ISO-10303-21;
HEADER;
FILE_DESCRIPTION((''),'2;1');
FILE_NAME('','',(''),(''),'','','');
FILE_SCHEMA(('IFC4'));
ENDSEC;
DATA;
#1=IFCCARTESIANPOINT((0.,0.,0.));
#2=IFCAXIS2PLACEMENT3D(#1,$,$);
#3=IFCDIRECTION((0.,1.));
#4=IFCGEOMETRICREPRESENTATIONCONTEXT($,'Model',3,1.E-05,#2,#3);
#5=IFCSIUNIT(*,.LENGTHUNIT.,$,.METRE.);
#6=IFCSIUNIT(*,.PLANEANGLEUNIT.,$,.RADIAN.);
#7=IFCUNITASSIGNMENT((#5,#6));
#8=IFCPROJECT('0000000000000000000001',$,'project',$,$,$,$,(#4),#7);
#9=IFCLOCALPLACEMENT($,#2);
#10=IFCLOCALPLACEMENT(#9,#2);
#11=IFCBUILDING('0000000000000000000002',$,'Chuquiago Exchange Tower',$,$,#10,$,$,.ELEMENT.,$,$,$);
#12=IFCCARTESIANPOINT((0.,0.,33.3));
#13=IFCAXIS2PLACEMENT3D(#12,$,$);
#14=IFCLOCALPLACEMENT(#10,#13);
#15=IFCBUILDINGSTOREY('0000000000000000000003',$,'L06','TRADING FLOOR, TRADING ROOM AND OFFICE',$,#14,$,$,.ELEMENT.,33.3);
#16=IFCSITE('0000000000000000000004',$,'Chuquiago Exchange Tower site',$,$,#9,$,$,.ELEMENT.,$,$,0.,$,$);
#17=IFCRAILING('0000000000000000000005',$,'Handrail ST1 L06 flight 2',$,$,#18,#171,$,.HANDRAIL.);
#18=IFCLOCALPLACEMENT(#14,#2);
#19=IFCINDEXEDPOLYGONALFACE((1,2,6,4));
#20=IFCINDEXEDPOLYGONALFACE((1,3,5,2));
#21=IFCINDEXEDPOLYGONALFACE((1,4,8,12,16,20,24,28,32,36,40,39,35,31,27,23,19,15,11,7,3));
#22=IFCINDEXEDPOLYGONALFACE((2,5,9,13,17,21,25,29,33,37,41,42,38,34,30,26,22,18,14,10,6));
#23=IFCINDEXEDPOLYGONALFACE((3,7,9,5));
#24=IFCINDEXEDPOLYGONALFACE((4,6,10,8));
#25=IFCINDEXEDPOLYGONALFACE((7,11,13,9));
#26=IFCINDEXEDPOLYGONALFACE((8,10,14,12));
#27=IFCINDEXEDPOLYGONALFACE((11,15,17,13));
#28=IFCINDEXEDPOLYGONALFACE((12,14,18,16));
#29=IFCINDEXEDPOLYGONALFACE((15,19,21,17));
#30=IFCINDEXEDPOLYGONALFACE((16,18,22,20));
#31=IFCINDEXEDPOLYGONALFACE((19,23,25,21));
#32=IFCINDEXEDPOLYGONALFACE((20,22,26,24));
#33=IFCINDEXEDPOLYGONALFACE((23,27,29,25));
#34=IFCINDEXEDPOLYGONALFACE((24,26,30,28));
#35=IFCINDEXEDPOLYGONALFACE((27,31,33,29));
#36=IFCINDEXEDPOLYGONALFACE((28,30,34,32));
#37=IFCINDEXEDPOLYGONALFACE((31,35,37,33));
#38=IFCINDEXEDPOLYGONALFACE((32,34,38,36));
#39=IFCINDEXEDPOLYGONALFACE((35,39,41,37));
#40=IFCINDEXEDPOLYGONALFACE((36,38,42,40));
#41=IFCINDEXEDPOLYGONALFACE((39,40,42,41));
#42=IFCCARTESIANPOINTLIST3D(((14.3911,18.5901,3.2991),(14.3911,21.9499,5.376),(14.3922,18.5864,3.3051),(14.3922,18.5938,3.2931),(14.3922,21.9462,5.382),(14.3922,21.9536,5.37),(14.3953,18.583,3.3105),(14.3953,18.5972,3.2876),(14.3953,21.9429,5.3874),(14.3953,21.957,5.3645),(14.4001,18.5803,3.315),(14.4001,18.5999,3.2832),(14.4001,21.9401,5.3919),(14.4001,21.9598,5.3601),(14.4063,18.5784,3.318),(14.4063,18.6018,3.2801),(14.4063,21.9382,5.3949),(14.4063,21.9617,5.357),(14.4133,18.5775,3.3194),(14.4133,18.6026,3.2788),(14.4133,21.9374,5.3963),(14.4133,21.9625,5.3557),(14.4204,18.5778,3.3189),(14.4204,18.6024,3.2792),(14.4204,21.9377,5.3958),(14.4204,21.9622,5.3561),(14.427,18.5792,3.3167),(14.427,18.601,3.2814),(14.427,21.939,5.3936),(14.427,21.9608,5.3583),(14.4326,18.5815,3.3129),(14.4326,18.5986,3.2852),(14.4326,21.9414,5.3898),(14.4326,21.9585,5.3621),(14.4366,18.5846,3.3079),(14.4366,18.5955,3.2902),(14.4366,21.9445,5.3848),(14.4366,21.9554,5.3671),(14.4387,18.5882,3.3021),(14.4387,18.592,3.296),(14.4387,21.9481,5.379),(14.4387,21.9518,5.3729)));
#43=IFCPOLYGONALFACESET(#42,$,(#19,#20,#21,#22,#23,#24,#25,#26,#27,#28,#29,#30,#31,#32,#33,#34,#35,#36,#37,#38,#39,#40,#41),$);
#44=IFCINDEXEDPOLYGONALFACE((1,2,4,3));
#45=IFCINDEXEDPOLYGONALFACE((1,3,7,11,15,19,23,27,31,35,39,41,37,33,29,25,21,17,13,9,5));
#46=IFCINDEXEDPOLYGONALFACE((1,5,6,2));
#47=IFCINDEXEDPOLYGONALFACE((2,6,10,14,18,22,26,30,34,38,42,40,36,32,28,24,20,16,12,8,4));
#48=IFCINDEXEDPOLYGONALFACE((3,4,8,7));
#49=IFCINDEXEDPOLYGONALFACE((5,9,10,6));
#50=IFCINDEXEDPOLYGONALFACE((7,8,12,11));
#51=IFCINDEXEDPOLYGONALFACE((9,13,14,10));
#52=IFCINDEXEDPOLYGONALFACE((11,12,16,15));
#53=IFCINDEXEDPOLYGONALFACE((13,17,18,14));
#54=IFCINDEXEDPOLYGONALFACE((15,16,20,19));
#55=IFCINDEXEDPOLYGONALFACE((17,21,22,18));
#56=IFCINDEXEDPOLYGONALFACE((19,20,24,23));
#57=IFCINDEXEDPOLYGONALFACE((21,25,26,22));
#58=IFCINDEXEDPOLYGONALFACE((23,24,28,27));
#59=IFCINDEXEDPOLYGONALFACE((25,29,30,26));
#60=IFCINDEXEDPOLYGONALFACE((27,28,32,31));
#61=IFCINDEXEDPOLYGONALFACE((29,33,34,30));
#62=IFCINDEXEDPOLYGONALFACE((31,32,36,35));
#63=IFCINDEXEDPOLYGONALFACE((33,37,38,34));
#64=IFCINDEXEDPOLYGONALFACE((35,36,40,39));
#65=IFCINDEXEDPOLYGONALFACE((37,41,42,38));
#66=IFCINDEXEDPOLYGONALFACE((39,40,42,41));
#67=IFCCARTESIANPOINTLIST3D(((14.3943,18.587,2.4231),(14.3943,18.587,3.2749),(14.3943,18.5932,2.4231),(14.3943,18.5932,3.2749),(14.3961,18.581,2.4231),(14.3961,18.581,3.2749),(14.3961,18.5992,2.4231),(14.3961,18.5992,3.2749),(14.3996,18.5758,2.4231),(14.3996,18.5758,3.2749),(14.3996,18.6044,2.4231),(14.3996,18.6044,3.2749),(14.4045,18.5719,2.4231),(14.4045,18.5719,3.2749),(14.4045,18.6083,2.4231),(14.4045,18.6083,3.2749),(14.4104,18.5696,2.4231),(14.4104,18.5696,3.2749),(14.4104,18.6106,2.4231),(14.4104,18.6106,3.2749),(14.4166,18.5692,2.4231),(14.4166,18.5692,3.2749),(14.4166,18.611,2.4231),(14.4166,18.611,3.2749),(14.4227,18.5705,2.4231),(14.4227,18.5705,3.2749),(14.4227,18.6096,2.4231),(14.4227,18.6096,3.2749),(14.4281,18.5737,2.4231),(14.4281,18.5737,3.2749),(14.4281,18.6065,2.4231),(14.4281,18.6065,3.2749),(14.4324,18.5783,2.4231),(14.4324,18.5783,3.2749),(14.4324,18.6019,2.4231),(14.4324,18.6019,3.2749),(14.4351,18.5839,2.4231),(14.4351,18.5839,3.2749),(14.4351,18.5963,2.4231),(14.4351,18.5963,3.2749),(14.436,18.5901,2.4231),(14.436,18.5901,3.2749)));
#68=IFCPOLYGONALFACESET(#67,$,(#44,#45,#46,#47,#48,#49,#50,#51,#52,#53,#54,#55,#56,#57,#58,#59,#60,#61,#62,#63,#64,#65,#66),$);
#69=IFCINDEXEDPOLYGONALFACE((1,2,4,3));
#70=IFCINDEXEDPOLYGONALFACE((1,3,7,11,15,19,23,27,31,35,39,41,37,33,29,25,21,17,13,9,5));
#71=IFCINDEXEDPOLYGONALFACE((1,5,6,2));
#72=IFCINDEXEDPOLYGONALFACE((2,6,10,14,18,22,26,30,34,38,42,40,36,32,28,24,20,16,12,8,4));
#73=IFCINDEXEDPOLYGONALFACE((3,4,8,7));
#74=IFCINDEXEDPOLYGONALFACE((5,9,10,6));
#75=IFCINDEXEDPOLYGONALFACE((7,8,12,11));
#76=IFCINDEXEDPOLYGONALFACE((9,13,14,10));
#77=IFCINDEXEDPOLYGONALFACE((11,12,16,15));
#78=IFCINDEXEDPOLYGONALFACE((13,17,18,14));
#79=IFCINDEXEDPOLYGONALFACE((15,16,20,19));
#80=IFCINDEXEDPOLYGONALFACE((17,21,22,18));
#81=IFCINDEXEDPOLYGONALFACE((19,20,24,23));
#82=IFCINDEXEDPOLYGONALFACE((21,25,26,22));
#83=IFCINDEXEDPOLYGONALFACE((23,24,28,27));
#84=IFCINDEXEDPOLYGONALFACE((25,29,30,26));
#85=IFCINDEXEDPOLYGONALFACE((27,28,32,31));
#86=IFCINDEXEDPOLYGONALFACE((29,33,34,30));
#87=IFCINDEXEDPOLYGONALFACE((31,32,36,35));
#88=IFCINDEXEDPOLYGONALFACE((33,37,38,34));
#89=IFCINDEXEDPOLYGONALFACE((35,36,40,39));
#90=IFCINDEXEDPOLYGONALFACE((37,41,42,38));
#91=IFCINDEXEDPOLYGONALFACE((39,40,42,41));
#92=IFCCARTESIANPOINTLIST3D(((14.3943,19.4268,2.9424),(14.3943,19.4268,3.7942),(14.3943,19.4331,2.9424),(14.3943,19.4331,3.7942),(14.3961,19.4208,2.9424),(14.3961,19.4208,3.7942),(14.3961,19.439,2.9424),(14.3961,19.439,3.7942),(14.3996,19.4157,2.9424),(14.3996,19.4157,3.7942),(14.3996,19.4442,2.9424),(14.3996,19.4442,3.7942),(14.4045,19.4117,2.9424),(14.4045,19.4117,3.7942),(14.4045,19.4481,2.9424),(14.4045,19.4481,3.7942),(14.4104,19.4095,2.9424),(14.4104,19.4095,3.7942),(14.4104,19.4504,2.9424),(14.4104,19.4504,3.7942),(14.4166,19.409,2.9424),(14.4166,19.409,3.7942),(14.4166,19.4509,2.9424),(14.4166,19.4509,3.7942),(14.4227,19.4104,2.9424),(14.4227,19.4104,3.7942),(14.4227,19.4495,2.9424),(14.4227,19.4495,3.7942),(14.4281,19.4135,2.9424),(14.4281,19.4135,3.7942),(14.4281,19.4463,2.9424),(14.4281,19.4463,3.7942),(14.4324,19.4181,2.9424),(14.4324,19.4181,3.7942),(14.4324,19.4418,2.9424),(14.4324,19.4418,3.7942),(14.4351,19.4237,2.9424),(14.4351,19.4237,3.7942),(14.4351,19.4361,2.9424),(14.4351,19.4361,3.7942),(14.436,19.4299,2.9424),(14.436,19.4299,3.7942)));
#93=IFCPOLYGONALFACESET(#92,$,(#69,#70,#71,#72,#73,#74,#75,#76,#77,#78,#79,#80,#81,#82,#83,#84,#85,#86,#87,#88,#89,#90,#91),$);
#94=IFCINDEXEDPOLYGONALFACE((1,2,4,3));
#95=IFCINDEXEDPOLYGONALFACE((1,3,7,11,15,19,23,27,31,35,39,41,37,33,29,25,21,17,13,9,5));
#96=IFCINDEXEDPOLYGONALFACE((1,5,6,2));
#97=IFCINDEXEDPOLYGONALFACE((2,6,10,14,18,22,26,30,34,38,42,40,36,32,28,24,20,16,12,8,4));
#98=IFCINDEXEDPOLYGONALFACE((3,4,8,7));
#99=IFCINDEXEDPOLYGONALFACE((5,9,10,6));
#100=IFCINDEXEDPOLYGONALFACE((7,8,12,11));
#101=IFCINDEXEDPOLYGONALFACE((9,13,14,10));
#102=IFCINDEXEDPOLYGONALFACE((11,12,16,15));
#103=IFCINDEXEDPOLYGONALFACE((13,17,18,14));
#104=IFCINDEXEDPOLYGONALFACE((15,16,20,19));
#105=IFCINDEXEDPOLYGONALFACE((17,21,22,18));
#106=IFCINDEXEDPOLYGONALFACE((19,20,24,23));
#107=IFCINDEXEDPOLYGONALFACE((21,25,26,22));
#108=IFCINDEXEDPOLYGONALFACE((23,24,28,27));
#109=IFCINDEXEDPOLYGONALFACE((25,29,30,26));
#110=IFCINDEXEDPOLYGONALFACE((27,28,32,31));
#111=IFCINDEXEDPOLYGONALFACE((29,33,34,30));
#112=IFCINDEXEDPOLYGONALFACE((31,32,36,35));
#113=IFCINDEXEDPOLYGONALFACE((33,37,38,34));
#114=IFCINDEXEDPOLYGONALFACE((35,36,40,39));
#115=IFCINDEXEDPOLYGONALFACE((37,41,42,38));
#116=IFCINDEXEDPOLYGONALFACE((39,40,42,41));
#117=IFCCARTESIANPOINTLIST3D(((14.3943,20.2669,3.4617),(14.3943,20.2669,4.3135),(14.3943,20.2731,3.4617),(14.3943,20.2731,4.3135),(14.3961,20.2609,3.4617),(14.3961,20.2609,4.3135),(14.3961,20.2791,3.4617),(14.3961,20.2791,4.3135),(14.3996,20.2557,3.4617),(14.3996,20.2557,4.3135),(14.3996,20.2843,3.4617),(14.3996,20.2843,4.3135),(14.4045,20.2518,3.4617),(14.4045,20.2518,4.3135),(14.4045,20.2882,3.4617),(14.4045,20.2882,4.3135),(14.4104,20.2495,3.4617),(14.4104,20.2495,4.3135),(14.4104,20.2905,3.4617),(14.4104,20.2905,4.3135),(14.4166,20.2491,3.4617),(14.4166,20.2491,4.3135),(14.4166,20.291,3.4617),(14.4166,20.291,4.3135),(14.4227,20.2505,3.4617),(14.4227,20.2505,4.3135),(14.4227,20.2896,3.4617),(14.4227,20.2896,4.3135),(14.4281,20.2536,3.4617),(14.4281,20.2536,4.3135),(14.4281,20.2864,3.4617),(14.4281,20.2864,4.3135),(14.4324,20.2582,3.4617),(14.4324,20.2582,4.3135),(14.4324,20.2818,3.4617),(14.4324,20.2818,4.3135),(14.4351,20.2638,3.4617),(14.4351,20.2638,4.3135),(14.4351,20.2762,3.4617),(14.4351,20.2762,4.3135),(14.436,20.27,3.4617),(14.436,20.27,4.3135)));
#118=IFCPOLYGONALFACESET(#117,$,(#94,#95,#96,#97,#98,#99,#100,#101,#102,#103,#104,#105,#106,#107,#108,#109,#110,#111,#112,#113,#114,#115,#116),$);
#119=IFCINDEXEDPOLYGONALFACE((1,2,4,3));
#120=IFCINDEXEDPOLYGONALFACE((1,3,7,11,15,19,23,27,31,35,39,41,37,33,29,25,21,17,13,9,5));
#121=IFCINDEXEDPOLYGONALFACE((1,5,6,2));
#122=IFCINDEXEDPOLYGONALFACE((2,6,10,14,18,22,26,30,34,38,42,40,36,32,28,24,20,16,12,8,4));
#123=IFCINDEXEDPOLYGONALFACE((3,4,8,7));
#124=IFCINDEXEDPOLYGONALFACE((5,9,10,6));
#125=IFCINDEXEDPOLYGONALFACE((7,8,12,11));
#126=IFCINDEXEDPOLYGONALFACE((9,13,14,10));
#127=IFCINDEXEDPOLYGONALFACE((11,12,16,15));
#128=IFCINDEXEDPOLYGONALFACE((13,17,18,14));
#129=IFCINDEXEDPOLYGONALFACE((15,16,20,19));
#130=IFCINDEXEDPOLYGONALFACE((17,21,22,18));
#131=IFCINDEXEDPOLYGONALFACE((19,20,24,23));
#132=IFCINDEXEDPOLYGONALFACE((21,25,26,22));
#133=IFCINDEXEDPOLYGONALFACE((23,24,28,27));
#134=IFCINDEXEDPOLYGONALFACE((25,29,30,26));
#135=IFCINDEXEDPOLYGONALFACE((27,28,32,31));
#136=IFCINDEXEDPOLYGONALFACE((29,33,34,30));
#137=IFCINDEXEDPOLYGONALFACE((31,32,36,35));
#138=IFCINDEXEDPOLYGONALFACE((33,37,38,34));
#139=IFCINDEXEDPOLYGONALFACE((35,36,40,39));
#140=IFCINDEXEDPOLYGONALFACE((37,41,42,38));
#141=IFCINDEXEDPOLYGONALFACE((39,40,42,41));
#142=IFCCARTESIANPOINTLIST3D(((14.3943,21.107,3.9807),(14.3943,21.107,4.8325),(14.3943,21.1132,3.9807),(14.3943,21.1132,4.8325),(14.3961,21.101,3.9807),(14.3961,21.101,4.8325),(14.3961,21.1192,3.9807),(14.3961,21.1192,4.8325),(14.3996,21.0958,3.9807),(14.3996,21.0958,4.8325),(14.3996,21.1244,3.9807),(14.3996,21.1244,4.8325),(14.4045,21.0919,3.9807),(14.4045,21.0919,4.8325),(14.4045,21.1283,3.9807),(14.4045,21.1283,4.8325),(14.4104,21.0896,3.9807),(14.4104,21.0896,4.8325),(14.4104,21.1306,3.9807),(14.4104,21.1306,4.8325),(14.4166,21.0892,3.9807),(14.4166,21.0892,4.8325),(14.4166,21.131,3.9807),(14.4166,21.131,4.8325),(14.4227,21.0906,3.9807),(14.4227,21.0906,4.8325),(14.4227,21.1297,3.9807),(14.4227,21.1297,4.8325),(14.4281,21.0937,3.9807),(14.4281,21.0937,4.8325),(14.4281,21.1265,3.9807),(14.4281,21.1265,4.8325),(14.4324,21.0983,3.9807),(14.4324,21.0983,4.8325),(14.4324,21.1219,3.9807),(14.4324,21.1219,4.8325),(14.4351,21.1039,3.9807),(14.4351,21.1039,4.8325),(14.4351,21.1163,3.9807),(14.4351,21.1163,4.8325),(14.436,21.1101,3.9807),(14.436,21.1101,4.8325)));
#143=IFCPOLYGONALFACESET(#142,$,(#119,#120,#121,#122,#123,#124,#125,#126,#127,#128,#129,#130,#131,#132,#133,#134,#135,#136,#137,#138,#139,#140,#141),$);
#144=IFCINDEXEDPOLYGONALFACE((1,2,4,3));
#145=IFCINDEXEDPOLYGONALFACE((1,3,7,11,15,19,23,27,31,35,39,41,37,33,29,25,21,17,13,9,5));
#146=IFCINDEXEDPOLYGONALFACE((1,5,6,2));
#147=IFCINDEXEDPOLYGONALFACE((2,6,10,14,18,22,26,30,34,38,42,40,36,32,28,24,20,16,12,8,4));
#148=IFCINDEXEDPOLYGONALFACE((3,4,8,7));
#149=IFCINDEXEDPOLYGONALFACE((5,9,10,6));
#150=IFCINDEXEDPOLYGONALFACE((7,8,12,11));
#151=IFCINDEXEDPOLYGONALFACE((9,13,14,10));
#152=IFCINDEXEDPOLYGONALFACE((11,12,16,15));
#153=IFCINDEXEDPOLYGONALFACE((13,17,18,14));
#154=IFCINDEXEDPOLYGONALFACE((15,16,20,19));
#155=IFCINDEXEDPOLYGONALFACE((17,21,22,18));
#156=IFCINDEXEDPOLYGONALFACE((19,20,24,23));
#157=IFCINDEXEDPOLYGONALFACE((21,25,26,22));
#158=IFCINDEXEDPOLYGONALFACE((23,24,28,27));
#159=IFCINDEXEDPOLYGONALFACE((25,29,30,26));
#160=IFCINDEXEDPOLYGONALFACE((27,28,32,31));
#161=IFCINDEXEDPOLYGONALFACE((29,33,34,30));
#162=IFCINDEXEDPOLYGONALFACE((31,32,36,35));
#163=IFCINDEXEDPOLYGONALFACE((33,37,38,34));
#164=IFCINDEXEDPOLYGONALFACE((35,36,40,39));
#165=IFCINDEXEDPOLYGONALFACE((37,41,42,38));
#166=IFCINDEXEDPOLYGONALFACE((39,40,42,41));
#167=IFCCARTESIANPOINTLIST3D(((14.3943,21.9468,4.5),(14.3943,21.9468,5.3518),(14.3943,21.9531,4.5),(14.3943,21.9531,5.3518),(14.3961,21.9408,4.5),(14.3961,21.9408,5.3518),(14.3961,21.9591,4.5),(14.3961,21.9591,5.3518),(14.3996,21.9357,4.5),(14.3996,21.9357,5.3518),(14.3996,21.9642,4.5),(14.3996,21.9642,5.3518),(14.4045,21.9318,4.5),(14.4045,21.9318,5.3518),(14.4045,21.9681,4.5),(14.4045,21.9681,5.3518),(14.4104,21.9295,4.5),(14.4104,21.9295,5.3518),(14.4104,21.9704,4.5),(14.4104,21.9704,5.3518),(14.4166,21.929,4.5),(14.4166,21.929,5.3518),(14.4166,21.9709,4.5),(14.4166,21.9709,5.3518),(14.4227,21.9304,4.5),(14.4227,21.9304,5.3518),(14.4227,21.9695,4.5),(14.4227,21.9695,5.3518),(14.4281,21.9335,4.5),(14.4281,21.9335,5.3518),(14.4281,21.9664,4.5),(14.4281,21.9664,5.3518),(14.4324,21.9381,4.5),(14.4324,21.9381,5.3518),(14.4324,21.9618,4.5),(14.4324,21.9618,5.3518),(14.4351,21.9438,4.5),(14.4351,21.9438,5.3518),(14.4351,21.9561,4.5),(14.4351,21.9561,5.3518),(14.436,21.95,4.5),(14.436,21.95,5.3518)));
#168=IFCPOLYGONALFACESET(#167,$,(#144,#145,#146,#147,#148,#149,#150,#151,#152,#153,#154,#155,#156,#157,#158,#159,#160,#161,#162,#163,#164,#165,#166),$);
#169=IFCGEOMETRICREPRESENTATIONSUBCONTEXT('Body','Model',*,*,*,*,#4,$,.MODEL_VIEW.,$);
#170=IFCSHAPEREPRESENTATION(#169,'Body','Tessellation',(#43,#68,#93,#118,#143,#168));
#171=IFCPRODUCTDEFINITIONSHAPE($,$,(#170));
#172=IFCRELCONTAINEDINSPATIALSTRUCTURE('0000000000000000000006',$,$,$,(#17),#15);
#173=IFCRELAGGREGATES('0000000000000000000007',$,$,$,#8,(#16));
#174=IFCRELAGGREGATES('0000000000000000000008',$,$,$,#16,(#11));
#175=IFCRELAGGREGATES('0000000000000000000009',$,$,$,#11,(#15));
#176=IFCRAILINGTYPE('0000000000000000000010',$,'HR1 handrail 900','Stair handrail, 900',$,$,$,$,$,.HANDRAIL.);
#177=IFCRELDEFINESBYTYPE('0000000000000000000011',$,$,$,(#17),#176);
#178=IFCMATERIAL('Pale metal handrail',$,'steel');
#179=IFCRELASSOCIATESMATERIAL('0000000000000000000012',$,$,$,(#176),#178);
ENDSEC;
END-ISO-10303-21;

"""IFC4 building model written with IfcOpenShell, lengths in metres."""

from ifc_helpers import new_model, si_unit, direction, frame, origin, origin_2d, place, context, subcontext, project, spatial, circle, extrude, material, type_object, element, save


model = new_model("IFC4")

# Units and contexts
model_context = context("Model", 3, precision=1e-05, world=origin(), true_north=direction((0.0, 1.0)))
body_context = subcontext(model_context, "Body", "Model", "MODEL_VIEW")
ifc_project = project(units=[si_unit("LENGTHUNIT", "METRE"), si_unit("PLANEANGLEUNIT", "RADIAN")], contexts=[model_context])

# Site, building, storey
site_placement = place(None, origin())
site = spatial("IfcSite", under=ifc_project, at=site_placement, Name="Chuquiago Exchange Tower site", CompositionType="ELEMENT", RefElevation=0.0)
building_placement = place(site_placement, origin())
building = spatial("IfcBuilding", under=site, at=building_placement, Name="Chuquiago Exchange Tower", CompositionType="ELEMENT")
storey_placement = place(building_placement, frame((0.0, 0.0, 33.3)))
storey = spatial("IfcBuildingStorey", under=building, at=storey_placement, Name="L06", Description="TRADING FLOOR, TRADING ROOM AND OFFICE", CompositionType="ELEMENT", Elevation=33.3)

# Railing
ifc_material_1 = material(Name="Pale metal handrail", Category="steel")
railing_type_1 = type_object("IfcRailingType", Name="HR1 handrail 900", Description="Stair handrail, 900", PredefinedType="HANDRAIL", material=ifc_material_1)
for number, where, name in (
    (1, (14.415, 18.5901, 2.4231), "Handrail ST1 L06 flight 2"),
):
    element("IfcRailing", number, at=place(storey_placement, frame(where)), inside=storey, type_object=railing_type_1, Name=name, PredefinedType="HANDRAIL", context=body_context, shape_type="SweptSolid", body=[
        extrude(circle(Radius=0.0239, at=origin_2d()), frame((0.0, 0.0, 0.876), z_axis=(0.0, 0.850606, 0.525803), x_axis=(-1.0, 0.0, 0.0)), (0.0, 0.0, 1.0), 3.95),
        extrude(circle(Radius=0.021, at=origin_2d()), origin(), (0.0, 0.0, 1.0), 0.8518),
        extrude(circle(Radius=0.021, at=origin_2d()), frame((0.0, 0.8398, 0.5193)), (0.0, 0.0, 1.0), 0.8518),
        extrude(circle(Radius=0.021, at=origin_2d()), frame((0.0, 1.6799, 1.0386)), (0.0, 0.0, 1.0), 0.8518),
        extrude(circle(Radius=0.021, at=origin_2d()), frame((0.0, 2.52, 1.5576)), (0.0, 0.0, 1.0), 0.8518),
        extrude(circle(Radius=0.021, at=origin_2d()), frame((0.0, 3.3599, 2.0769)), (0.0, 0.0, 1.0), 0.8518),
    ])

save(model, "model.ifc")
